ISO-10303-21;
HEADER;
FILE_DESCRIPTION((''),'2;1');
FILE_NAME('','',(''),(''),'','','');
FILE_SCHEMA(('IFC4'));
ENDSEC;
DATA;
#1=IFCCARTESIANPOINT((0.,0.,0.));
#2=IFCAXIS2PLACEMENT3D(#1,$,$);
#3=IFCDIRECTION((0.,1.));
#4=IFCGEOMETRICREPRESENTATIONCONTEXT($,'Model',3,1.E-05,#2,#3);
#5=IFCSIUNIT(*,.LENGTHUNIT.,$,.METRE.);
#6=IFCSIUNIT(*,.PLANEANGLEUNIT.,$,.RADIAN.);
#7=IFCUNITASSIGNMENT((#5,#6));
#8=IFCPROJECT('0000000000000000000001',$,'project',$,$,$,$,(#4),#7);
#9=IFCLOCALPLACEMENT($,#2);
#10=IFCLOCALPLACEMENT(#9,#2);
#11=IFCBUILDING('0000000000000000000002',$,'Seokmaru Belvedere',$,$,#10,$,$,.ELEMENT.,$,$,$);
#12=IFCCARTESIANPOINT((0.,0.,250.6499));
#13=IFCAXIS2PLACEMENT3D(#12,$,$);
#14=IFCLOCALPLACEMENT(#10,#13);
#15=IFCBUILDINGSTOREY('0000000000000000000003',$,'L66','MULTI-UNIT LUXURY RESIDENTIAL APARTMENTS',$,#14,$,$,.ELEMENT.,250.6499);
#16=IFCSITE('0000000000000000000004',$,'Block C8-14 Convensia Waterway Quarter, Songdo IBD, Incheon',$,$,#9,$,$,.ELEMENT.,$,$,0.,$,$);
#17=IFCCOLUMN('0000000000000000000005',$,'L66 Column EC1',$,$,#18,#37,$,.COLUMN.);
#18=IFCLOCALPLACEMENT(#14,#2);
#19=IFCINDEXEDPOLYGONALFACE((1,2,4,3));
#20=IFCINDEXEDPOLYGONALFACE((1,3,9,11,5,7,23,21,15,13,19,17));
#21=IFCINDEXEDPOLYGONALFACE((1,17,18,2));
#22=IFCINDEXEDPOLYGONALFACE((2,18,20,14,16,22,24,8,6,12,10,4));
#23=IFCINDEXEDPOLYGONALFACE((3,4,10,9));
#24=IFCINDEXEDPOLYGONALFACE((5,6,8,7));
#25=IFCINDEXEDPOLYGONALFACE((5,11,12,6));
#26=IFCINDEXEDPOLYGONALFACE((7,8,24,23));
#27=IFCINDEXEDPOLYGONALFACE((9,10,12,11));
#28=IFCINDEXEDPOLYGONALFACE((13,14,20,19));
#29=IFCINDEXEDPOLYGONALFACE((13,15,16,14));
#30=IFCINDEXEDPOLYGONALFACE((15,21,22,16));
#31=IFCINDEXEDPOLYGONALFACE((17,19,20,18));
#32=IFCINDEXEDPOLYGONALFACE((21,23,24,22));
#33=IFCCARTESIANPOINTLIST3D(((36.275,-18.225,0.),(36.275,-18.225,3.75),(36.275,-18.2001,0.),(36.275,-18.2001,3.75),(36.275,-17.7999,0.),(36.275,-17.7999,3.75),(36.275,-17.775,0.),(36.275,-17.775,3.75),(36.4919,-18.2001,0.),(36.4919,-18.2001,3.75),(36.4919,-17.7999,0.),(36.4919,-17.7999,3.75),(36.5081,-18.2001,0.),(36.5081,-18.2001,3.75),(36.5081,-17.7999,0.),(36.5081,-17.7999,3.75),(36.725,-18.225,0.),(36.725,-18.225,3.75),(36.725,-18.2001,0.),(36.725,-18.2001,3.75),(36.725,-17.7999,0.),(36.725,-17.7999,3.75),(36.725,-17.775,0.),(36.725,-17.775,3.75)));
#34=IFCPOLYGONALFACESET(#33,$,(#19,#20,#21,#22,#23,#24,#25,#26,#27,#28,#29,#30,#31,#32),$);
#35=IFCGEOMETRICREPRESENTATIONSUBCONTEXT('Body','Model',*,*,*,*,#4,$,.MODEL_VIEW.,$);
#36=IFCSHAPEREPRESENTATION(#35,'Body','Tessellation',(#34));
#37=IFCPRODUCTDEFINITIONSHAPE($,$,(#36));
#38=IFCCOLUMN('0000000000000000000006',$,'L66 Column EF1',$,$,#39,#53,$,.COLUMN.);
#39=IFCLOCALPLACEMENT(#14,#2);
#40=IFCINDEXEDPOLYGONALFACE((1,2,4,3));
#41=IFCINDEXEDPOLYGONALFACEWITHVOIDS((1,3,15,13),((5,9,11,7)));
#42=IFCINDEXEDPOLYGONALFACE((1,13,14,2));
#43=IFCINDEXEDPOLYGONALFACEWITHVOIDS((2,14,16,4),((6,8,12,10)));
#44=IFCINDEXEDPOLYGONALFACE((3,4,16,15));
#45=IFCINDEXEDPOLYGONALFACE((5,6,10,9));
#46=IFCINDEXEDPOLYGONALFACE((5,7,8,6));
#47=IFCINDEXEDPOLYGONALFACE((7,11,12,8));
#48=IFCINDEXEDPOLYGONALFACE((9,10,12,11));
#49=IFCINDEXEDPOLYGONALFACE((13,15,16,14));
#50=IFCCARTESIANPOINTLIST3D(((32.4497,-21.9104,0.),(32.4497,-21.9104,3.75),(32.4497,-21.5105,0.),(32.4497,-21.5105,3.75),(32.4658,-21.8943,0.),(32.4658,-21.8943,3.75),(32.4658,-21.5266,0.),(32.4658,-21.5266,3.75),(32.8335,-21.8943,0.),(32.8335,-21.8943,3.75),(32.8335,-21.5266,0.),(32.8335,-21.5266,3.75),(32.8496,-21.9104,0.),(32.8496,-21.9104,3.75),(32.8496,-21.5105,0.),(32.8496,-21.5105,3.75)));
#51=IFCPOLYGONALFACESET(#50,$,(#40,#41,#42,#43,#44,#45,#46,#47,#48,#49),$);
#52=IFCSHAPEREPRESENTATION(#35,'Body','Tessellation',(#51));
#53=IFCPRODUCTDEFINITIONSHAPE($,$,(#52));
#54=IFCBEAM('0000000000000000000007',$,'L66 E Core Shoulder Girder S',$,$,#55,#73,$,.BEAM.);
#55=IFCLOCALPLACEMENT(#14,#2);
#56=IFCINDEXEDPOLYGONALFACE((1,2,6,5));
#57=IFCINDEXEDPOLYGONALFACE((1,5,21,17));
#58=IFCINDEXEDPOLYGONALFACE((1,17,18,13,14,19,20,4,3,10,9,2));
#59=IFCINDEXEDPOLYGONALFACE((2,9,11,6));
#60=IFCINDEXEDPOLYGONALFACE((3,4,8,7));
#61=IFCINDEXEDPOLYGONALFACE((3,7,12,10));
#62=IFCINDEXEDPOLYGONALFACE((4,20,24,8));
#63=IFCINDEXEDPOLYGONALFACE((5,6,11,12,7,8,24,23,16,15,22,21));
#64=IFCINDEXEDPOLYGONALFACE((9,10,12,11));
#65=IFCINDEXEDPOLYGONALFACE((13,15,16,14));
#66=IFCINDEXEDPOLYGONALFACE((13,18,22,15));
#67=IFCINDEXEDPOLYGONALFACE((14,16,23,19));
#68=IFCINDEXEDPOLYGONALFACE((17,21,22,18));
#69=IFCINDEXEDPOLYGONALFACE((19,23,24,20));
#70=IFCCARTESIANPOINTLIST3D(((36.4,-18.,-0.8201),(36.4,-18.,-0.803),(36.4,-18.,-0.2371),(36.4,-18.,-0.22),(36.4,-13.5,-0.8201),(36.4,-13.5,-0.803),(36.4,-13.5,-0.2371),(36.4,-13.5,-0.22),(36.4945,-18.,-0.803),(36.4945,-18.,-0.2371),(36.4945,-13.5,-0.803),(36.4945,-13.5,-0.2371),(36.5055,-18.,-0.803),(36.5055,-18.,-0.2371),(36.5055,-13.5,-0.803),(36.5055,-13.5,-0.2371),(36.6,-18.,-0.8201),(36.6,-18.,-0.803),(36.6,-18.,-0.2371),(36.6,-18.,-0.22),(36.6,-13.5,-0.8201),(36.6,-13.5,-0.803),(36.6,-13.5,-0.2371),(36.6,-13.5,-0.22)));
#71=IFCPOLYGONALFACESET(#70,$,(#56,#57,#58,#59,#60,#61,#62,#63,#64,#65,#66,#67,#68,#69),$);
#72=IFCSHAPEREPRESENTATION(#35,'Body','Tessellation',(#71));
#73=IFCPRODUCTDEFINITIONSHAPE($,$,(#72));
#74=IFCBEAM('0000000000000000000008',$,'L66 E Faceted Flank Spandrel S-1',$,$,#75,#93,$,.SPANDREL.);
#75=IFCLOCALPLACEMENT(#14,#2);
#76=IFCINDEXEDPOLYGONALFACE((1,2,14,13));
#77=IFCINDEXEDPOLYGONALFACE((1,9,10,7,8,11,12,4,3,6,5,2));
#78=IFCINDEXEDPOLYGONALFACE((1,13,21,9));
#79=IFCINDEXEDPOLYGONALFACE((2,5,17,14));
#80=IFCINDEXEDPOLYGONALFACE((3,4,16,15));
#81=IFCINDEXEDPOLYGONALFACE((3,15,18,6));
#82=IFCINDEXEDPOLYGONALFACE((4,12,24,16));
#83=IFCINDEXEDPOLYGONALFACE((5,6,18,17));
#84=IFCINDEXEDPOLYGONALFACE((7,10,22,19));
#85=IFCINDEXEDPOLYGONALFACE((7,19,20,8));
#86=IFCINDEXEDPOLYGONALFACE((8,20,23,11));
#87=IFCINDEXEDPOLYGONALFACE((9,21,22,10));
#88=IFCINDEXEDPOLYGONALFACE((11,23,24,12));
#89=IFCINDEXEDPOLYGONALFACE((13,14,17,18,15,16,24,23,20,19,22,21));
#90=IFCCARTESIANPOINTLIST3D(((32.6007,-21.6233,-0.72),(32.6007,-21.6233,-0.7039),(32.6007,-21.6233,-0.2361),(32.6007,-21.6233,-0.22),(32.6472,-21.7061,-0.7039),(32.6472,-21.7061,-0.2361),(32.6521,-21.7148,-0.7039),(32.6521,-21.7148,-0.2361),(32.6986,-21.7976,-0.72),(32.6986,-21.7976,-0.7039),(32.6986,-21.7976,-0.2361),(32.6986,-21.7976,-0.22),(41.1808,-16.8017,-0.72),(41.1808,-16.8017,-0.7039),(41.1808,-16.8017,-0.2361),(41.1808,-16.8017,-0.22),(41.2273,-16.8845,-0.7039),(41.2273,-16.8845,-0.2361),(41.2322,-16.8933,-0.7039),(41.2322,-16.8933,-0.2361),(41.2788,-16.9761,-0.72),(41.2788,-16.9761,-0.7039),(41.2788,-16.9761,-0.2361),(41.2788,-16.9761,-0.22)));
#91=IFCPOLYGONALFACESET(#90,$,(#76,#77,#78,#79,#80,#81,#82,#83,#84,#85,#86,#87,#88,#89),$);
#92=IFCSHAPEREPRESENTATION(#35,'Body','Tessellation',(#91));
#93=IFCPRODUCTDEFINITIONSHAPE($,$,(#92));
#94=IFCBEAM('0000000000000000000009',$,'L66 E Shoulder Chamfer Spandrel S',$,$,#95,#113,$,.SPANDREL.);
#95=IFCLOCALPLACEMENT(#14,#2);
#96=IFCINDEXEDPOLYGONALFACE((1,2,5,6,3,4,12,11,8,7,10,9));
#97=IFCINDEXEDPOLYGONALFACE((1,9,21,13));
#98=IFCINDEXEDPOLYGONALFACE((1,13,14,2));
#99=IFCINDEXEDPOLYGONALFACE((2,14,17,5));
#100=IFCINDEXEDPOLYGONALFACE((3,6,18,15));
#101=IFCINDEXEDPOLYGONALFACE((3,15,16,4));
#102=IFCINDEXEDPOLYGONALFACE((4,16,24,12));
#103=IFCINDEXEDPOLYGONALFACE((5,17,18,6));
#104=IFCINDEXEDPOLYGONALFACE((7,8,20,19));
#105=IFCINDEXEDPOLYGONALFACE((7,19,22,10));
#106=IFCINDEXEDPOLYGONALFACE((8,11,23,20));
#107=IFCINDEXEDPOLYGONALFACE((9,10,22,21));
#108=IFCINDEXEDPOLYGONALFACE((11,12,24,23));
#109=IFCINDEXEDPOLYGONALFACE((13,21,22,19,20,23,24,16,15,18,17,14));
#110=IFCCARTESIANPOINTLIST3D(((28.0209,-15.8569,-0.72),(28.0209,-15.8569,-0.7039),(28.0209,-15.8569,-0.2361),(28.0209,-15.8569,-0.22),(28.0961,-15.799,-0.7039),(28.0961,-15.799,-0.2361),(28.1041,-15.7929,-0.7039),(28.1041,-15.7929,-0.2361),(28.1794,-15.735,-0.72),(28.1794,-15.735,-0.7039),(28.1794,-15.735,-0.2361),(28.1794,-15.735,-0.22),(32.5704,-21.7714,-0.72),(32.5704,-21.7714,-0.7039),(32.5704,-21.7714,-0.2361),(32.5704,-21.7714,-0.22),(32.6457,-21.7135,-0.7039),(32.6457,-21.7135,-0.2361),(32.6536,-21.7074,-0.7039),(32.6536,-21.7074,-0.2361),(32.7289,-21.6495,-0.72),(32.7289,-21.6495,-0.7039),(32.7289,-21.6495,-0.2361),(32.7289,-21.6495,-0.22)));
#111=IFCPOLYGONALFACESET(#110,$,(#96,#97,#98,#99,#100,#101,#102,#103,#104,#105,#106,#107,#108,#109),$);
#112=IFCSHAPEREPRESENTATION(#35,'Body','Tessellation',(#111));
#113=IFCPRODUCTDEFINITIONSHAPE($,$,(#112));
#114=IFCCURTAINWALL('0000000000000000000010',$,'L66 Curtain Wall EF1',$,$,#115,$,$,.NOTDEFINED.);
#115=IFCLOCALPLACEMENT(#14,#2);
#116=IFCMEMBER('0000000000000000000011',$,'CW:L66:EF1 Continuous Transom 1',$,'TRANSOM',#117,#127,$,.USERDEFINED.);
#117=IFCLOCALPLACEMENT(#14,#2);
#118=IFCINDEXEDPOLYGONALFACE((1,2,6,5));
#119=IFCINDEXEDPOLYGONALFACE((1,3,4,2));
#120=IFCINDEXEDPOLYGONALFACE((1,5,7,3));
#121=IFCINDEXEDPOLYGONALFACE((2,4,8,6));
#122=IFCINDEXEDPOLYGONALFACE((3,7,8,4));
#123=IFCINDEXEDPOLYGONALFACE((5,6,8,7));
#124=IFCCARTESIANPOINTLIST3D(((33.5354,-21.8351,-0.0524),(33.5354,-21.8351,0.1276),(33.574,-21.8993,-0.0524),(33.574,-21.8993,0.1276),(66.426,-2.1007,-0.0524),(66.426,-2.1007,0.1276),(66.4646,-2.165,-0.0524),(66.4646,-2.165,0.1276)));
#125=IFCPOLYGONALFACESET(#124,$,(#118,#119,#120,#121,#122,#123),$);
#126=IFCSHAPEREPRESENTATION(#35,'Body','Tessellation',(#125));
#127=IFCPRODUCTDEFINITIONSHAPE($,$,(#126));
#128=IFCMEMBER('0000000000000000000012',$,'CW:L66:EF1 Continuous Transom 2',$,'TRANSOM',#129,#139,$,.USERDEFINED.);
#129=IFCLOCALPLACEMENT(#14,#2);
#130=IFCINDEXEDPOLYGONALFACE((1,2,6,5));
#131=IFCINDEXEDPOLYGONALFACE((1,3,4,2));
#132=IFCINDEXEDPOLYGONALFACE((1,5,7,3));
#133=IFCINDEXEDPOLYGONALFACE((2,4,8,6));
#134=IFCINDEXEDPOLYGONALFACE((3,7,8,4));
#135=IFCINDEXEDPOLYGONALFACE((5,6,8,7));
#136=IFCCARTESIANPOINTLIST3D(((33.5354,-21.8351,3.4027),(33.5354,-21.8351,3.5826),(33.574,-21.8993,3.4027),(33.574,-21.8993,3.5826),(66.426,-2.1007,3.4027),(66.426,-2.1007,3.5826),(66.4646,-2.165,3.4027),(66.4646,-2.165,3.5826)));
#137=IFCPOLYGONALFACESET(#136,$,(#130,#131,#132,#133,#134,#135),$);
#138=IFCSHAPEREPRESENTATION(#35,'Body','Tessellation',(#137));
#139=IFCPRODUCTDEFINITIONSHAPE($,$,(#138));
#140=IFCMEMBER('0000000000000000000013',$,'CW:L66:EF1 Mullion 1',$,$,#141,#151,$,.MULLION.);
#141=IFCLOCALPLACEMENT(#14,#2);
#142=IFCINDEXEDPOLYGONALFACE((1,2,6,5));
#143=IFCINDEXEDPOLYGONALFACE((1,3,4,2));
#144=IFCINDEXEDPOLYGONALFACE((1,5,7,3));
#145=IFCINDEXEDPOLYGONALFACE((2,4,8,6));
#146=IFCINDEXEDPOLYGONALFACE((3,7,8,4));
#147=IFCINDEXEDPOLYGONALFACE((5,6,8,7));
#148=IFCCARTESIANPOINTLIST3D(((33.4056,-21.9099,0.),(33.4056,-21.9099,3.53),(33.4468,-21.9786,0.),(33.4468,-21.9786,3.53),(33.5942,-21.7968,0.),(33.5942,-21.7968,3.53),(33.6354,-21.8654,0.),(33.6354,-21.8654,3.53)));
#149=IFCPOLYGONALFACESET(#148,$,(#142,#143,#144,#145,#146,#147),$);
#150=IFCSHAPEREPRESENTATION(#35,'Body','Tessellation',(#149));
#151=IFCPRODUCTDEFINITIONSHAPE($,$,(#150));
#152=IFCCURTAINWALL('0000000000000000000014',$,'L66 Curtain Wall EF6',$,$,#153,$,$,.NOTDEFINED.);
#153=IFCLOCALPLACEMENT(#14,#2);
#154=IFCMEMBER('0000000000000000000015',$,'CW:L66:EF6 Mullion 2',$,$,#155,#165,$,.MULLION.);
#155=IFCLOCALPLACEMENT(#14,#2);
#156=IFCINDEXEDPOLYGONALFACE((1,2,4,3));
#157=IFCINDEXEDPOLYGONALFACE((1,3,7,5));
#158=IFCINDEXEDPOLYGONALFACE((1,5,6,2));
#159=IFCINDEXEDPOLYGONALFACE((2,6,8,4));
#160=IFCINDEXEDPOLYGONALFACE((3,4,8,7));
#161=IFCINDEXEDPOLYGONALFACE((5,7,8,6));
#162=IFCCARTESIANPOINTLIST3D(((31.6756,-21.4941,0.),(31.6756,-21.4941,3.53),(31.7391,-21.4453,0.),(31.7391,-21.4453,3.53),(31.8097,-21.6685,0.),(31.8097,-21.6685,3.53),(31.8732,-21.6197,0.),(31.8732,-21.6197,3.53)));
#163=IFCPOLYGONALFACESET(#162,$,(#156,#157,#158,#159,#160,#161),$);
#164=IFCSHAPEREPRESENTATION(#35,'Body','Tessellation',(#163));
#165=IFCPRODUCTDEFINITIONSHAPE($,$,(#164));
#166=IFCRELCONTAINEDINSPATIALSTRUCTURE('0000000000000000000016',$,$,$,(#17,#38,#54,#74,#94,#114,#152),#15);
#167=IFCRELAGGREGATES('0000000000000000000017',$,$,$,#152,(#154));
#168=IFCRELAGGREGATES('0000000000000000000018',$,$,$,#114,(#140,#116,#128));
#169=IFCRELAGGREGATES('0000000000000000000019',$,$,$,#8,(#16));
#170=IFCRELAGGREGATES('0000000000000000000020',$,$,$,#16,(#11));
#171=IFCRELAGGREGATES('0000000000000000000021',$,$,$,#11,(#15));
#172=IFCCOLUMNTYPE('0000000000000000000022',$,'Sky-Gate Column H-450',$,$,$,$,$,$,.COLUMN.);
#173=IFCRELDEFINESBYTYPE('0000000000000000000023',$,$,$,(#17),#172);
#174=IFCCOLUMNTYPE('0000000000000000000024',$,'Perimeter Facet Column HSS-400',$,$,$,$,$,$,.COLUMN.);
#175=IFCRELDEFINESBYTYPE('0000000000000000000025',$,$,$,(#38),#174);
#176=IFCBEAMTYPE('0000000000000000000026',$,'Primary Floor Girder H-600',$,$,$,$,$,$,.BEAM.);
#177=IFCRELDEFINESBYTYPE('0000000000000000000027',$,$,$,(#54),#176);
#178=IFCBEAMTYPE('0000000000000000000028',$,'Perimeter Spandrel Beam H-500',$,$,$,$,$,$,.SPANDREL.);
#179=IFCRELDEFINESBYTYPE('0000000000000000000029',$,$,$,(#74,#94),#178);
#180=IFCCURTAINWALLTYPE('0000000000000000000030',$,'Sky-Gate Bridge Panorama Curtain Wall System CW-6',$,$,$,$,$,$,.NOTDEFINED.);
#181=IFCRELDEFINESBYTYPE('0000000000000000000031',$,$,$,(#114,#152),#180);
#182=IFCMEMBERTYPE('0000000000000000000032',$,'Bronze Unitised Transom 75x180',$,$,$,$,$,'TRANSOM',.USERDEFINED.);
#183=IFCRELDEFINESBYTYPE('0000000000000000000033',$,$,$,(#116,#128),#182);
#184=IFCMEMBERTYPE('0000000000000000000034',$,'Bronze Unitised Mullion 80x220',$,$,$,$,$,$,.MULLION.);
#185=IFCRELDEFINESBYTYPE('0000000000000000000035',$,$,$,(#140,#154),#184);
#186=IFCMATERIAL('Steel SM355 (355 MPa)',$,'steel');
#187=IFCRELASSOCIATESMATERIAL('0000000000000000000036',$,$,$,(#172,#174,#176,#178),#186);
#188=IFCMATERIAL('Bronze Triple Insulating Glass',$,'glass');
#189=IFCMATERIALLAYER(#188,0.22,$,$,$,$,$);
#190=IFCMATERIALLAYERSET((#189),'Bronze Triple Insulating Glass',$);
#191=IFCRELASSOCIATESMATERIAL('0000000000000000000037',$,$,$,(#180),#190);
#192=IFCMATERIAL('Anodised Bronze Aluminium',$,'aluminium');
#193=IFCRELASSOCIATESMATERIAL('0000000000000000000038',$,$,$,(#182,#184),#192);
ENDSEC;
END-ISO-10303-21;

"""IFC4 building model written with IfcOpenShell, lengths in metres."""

from ifc_helpers import new_model, si_unit, direction, frame, origin, origin_2d, place, context, subcontext, project, spatial, rectangle, hollow_rectangle, i_section, extrude, source, transform, mapped, material, layer, layer_set, material_profile, profile_set, type_object, type_shapes, element, aggregate, save


model = new_model("IFC4")

# Units and contexts
model_context = context("Model", 3, precision=1e-05, world=origin(), true_north=direction((0.0, 1.0)))
body_context = subcontext(model_context, "Body", "Model", "MODEL_VIEW")
ifc_project = project(units=[si_unit("LENGTHUNIT", "METRE"), si_unit("PLANEANGLEUNIT", "RADIAN")], contexts=[model_context])

# Site, building, storey
site_placement = place(None, origin())
site = spatial("IfcSite", under=ifc_project, at=site_placement, Name="Block C8-14 Convensia Waterway Quarter, Songdo IBD, Incheon", CompositionType="ELEMENT", RefElevation=0.0)
building_placement = place(site_placement, origin())
building = spatial("IfcBuilding", under=site, at=building_placement, Name="Seokmaru Belvedere", CompositionType="ELEMENT")
storey_placement = place(building_placement, frame((0.0, 0.0, 250.6499)))
storey = spatial("IfcBuildingStorey", under=building, at=storey_placement, Name="L66", Description="MULTI-UNIT LUXURY RESIDENTIAL APARTMENTS", CompositionType="ELEMENT", Elevation=250.6499)

# Columns
ifc_material_1 = material(Name="Steel SM355 (355 MPa)", Category="steel")
ifc_material_profile_1 = material_profile(ifc_material_1, i_section(OverallWidth=0.45, OverallDepth=0.45, WebThickness=0.0161, FlangeThickness=0.0249, at=origin_2d()), Name="H-450x450x16x25")
ifc_profile_set_1 = profile_set([ifc_material_profile_1], Name="Steel SM355 (355 MPa)")
column_type_1 = type_object("IfcColumnType", Name="Sky-Gate Column H-450", PredefinedType="COLUMN", material=ifc_profile_set_1)
shared_shape_1 = source(origin(), body_context, "Body", "SweptSolid", [
    extrude(i_section(OverallWidth=0.45, OverallDepth=0.45, WebThickness=0.0161, FlangeThickness=0.0249, at=origin_2d()), origin(), (0.0, 0.0, 1.0), 3.75),
])
type_shapes(column_type_1, [shared_shape_1])
column_1_placement = place(storey_placement, frame((36.5, -18.0, 0.0), z_axis=(0.0, 0.0, 1.0), x_axis=(1.0, 0.0, 0.0)))
element("IfcColumn", 1, at=column_1_placement, inside=storey, type_object=column_type_1, Name="L66 Column EC1", PredefinedType="COLUMN", context=body_context, shape_type="MappedRepresentation", body=[
    mapped(shared_shape_1, transform((0.0, 0.0, 0.0), scale=1.0)),
])
ifc_material_profile_2 = material_profile(ifc_material_1, hollow_rectangle(XDim=0.3999, YDim=0.3999, WallThickness=0.0161, at=origin_2d()), Name="HSS-400x400x16")
ifc_profile_set_2 = profile_set([ifc_material_profile_2], Name="Steel SM355 (355 MPa)")
column_type_2 = type_object("IfcColumnType", Name="Perimeter Facet Column HSS-400", PredefinedType="COLUMN", material=ifc_profile_set_2)
shared_shape_2 = source(origin(), body_context, "Body", "SweptSolid", [
    extrude(hollow_rectangle(XDim=0.3999, YDim=0.3999, WallThickness=0.0161, at=origin_2d()), origin(), (0.0, 0.0, 1.0), 3.75),
])
type_shapes(column_type_2, [shared_shape_2])
column_2_placement = place(storey_placement, frame((32.6497, -21.7104, 0.0), z_axis=(0.0, 0.0, 1.0), x_axis=(1.0, 0.0, 0.0)))
element("IfcColumn", 2, at=column_2_placement, inside=storey, type_object=column_type_2, Name="L66 Column EF1", PredefinedType="COLUMN", context=body_context, shape_type="MappedRepresentation", body=[
    mapped(shared_shape_2, transform((0.0, 0.0, 0.0), scale=1.0)),
])

# Beams
ifc_material_profile_3 = material_profile(ifc_material_1, i_section(OverallWidth=0.2, OverallDepth=0.6001, WebThickness=0.011, FlangeThickness=0.0171, at=origin_2d()), Name="H-600x200x11x17")
ifc_profile_set_3 = profile_set([ifc_material_profile_3], Name="Steel SM355 (355 MPa)")
beam_type_1 = type_object("IfcBeamType", Name="Primary Floor Girder H-600", PredefinedType="BEAM", material=ifc_profile_set_3)
shared_shape_3 = source(origin(), body_context, "Body", "SweptSolid", [
    extrude(i_section(OverallWidth=0.2, OverallDepth=0.6001, WebThickness=0.011, FlangeThickness=0.0171, at=origin_2d()), origin(), (0.0, 0.0, 1.0), 4.5),
])
type_shapes(beam_type_1, [shared_shape_3])
beam_1_placement = place(storey_placement, frame((36.5, -18.0, -0.52), z_axis=(0.0, 1.0, 0.0), x_axis=(-1.0, 0.0, 0.0)))
element("IfcBeam", 3, at=beam_1_placement, inside=storey, type_object=beam_type_1, Name="L66 E Core Shoulder Girder S", PredefinedType="BEAM", context=body_context, shape_type="MappedRepresentation", body=[
    mapped(shared_shape_3, transform((0.0, 0.0, 0.0), scale=1.0)),
])
ifc_material_profile_4 = material_profile(ifc_material_1, i_section(OverallWidth=0.2, OverallDepth=0.5, WebThickness=0.01, FlangeThickness=0.0161, at=origin_2d()), Name="H-500x200x10x16")
ifc_profile_set_4 = profile_set([ifc_material_profile_4], Name="Steel SM355 (355 MPa)")
beam_type_2 = type_object("IfcBeamType", Name="Perimeter Spandrel Beam H-500", PredefinedType="SPANDREL", material=ifc_profile_set_4)
shared_shape_4 = source(origin(), body_context, "Body", "SweptSolid", [
    extrude(i_section(OverallWidth=0.2, OverallDepth=0.5, WebThickness=0.01, FlangeThickness=0.0161, at=origin_2d()), origin(), (0.0, 0.0, 1.0), 9.842),
])
beam_2_placement = place(storey_placement, frame((32.6497, -21.7104, -0.47), z_axis=(0.871782, 0.489894, 0.0), x_axis=(-0.489894, 0.871782, 0.0)))
element("IfcBeam", 4, at=beam_2_placement, inside=storey, type_object=beam_type_2, Name="L66 E Faceted Flank Spandrel S-1", PredefinedType="SPANDREL", context=body_context, shape_type="MappedRepresentation", body=[
    mapped(shared_shape_4, transform((0.0, 0.0, 0.0), scale=1.0)),
])
shared_shape_5 = source(origin(), body_context, "Body", "SweptSolid", [
    extrude(i_section(OverallWidth=0.2, OverallDepth=0.5, WebThickness=0.01, FlangeThickness=0.0161, at=origin_2d()), origin(), (0.0, 0.0, 1.0), 7.4619),
])
type_shapes(beam_type_2, [shared_shape_4, shared_shape_5])
beam_3_placement = place(storey_placement, frame((32.6497, -21.7104, -0.47), z_axis=(-0.609703, 0.79263, 0.0), x_axis=(-0.79263, -0.609703, 0.0)))
element("IfcBeam", 5, at=beam_3_placement, inside=storey, type_object=beam_type_2, Name="L66 E Shoulder Chamfer Spandrel S", PredefinedType="SPANDREL", context=body_context, shape_type="MappedRepresentation", body=[
    mapped(shared_shape_5, transform((0.0, 0.0, 0.0), scale=1.0)),
])

# Curtain wall, members
ifc_material_2 = material(Name="Bronze Triple Insulating Glass", Category="glass")
ifc_layer_1 = layer(ifc_material_2, 0.22)
ifc_layer_set_1 = layer_set([ifc_layer_1], Name="Bronze Triple Insulating Glass")
curtain_wall_type = type_object("IfcCurtainWallType", Name="Sky-Gate Bridge Panorama Curtain Wall System CW-6", PredefinedType="NOTDEFINED", material=ifc_layer_set_1)
curtain_wall_1_placement = place(storey_placement, origin())
curtain_wall_1 = element("IfcCurtainWall", 6, at=curtain_wall_1_placement, inside=storey, type_object=curtain_wall_type, Name="L66 Curtain Wall EF1", PredefinedType="NOTDEFINED")
ifc_material_3 = material(Name="Anodised Bronze Aluminium", Category="aluminium")
ifc_material_profile_5 = material_profile(ifc_material_3, rectangle(XDim=0.075, YDim=0.1799, at=origin_2d()), Name="CW-T-75x180")
ifc_profile_set_5 = profile_set([ifc_material_profile_5], Name="Anodised Bronze Aluminium")
member_type_1 = type_object("IfcMemberType", Name="Bronze Unitised Transom 75x180", ElementType="TRANSOM", PredefinedType="USERDEFINED", material=ifc_profile_set_5)
shared_shape_6 = source(origin(), body_context, "Body", "SweptSolid", [
    extrude(rectangle(XDim=0.075, YDim=0.1799, at=origin_2d()), origin(), (0.0, 0.0, 1.0), 38.3567),
])
type_shapes(member_type_1, [shared_shape_6])
member_1_placement = place(storey_placement, frame((33.5547, -21.8672, 0.0376), z_axis=(0.857493, 0.514496, 0.0), x_axis=(-0.514496, 0.857493, 0.0)))
member_1 = element("IfcMember", 7, at=member_1_placement, type_object=member_type_1, Name="CW:L66:EF1 Continuous Transom 1", ObjectType="TRANSOM", PredefinedType="USERDEFINED", context=body_context, shape_type="MappedRepresentation", body=[
    mapped(shared_shape_6, transform((0.0, 0.0, 0.0), scale=1.0)),
])
member_2_placement = place(storey_placement, frame((33.5547, -21.8672, 3.4927), z_axis=(0.857493, 0.514496, 0.0), x_axis=(-0.514496, 0.857493, 0.0)))
member_2 = element("IfcMember", 8, at=member_2_placement, type_object=member_type_1, Name="CW:L66:EF1 Continuous Transom 2", ObjectType="TRANSOM", PredefinedType="USERDEFINED", context=body_context, shape_type="MappedRepresentation", body=[
    mapped(shared_shape_6, transform((0.0, 0.0, 0.0), scale=1.0)),
])
ifc_material_profile_6 = material_profile(ifc_material_3, rectangle(XDim=0.0801, YDim=0.22, at=origin_2d()), Name="CW-M-80x220")
ifc_profile_set_6 = profile_set([ifc_material_profile_6], Name="Anodised Bronze Aluminium")
member_type_2 = type_object("IfcMemberType", Name="Bronze Unitised Mullion 80x220", PredefinedType="MULLION", material=ifc_profile_set_6)
shared_shape_7 = source(origin(), body_context, "Body", "SweptSolid", [
    extrude(rectangle(XDim=0.0801, YDim=0.22, at=origin_2d()), origin(), (0.0, 0.0, 1.0), 3.53),
])
member_3_placement = place(storey_placement, frame((33.5205, -21.8877, 0.0), z_axis=(0.0, 0.0, 1.0), x_axis=(-0.514495, 0.857493, 0.0)))
member_3 = element("IfcMember", 9, at=member_3_placement, type_object=member_type_2, Name="CW:L66:EF1 Mullion 1", PredefinedType="MULLION", context=body_context, shape_type="MappedRepresentation", body=[
    mapped(shared_shape_7, transform((0.0, 0.0, 0.0), scale=1.0)),
])

# Curtain wall, member
curtain_wall_2_placement = place(storey_placement, origin())
curtain_wall_2 = element("IfcCurtainWall", 10, at=curtain_wall_2_placement, inside=storey, type_object=curtain_wall_type, Name="L66 Curtain Wall EF6", PredefinedType="NOTDEFINED")
member_4_placement = place(storey_placement, frame((31.7744, -21.5569, 0.0), z_axis=(0.0, 0.0, 1.0), x_axis=(0.792631, 0.609701, 0.0)))
member_4 = element("IfcMember", 11, at=member_4_placement, type_object=member_type_2, Name="CW:L66:EF6 Mullion 2", PredefinedType="MULLION", context=body_context, shape_type="MappedRepresentation", body=[
    mapped(shared_shape_7, transform((0.0, 0.0, 0.0), scale=1.0)),
])

aggregate(curtain_wall_2, [member_4])
aggregate(curtain_wall_1, [member_3, member_1, member_2])

save(model, "model.ifc")
